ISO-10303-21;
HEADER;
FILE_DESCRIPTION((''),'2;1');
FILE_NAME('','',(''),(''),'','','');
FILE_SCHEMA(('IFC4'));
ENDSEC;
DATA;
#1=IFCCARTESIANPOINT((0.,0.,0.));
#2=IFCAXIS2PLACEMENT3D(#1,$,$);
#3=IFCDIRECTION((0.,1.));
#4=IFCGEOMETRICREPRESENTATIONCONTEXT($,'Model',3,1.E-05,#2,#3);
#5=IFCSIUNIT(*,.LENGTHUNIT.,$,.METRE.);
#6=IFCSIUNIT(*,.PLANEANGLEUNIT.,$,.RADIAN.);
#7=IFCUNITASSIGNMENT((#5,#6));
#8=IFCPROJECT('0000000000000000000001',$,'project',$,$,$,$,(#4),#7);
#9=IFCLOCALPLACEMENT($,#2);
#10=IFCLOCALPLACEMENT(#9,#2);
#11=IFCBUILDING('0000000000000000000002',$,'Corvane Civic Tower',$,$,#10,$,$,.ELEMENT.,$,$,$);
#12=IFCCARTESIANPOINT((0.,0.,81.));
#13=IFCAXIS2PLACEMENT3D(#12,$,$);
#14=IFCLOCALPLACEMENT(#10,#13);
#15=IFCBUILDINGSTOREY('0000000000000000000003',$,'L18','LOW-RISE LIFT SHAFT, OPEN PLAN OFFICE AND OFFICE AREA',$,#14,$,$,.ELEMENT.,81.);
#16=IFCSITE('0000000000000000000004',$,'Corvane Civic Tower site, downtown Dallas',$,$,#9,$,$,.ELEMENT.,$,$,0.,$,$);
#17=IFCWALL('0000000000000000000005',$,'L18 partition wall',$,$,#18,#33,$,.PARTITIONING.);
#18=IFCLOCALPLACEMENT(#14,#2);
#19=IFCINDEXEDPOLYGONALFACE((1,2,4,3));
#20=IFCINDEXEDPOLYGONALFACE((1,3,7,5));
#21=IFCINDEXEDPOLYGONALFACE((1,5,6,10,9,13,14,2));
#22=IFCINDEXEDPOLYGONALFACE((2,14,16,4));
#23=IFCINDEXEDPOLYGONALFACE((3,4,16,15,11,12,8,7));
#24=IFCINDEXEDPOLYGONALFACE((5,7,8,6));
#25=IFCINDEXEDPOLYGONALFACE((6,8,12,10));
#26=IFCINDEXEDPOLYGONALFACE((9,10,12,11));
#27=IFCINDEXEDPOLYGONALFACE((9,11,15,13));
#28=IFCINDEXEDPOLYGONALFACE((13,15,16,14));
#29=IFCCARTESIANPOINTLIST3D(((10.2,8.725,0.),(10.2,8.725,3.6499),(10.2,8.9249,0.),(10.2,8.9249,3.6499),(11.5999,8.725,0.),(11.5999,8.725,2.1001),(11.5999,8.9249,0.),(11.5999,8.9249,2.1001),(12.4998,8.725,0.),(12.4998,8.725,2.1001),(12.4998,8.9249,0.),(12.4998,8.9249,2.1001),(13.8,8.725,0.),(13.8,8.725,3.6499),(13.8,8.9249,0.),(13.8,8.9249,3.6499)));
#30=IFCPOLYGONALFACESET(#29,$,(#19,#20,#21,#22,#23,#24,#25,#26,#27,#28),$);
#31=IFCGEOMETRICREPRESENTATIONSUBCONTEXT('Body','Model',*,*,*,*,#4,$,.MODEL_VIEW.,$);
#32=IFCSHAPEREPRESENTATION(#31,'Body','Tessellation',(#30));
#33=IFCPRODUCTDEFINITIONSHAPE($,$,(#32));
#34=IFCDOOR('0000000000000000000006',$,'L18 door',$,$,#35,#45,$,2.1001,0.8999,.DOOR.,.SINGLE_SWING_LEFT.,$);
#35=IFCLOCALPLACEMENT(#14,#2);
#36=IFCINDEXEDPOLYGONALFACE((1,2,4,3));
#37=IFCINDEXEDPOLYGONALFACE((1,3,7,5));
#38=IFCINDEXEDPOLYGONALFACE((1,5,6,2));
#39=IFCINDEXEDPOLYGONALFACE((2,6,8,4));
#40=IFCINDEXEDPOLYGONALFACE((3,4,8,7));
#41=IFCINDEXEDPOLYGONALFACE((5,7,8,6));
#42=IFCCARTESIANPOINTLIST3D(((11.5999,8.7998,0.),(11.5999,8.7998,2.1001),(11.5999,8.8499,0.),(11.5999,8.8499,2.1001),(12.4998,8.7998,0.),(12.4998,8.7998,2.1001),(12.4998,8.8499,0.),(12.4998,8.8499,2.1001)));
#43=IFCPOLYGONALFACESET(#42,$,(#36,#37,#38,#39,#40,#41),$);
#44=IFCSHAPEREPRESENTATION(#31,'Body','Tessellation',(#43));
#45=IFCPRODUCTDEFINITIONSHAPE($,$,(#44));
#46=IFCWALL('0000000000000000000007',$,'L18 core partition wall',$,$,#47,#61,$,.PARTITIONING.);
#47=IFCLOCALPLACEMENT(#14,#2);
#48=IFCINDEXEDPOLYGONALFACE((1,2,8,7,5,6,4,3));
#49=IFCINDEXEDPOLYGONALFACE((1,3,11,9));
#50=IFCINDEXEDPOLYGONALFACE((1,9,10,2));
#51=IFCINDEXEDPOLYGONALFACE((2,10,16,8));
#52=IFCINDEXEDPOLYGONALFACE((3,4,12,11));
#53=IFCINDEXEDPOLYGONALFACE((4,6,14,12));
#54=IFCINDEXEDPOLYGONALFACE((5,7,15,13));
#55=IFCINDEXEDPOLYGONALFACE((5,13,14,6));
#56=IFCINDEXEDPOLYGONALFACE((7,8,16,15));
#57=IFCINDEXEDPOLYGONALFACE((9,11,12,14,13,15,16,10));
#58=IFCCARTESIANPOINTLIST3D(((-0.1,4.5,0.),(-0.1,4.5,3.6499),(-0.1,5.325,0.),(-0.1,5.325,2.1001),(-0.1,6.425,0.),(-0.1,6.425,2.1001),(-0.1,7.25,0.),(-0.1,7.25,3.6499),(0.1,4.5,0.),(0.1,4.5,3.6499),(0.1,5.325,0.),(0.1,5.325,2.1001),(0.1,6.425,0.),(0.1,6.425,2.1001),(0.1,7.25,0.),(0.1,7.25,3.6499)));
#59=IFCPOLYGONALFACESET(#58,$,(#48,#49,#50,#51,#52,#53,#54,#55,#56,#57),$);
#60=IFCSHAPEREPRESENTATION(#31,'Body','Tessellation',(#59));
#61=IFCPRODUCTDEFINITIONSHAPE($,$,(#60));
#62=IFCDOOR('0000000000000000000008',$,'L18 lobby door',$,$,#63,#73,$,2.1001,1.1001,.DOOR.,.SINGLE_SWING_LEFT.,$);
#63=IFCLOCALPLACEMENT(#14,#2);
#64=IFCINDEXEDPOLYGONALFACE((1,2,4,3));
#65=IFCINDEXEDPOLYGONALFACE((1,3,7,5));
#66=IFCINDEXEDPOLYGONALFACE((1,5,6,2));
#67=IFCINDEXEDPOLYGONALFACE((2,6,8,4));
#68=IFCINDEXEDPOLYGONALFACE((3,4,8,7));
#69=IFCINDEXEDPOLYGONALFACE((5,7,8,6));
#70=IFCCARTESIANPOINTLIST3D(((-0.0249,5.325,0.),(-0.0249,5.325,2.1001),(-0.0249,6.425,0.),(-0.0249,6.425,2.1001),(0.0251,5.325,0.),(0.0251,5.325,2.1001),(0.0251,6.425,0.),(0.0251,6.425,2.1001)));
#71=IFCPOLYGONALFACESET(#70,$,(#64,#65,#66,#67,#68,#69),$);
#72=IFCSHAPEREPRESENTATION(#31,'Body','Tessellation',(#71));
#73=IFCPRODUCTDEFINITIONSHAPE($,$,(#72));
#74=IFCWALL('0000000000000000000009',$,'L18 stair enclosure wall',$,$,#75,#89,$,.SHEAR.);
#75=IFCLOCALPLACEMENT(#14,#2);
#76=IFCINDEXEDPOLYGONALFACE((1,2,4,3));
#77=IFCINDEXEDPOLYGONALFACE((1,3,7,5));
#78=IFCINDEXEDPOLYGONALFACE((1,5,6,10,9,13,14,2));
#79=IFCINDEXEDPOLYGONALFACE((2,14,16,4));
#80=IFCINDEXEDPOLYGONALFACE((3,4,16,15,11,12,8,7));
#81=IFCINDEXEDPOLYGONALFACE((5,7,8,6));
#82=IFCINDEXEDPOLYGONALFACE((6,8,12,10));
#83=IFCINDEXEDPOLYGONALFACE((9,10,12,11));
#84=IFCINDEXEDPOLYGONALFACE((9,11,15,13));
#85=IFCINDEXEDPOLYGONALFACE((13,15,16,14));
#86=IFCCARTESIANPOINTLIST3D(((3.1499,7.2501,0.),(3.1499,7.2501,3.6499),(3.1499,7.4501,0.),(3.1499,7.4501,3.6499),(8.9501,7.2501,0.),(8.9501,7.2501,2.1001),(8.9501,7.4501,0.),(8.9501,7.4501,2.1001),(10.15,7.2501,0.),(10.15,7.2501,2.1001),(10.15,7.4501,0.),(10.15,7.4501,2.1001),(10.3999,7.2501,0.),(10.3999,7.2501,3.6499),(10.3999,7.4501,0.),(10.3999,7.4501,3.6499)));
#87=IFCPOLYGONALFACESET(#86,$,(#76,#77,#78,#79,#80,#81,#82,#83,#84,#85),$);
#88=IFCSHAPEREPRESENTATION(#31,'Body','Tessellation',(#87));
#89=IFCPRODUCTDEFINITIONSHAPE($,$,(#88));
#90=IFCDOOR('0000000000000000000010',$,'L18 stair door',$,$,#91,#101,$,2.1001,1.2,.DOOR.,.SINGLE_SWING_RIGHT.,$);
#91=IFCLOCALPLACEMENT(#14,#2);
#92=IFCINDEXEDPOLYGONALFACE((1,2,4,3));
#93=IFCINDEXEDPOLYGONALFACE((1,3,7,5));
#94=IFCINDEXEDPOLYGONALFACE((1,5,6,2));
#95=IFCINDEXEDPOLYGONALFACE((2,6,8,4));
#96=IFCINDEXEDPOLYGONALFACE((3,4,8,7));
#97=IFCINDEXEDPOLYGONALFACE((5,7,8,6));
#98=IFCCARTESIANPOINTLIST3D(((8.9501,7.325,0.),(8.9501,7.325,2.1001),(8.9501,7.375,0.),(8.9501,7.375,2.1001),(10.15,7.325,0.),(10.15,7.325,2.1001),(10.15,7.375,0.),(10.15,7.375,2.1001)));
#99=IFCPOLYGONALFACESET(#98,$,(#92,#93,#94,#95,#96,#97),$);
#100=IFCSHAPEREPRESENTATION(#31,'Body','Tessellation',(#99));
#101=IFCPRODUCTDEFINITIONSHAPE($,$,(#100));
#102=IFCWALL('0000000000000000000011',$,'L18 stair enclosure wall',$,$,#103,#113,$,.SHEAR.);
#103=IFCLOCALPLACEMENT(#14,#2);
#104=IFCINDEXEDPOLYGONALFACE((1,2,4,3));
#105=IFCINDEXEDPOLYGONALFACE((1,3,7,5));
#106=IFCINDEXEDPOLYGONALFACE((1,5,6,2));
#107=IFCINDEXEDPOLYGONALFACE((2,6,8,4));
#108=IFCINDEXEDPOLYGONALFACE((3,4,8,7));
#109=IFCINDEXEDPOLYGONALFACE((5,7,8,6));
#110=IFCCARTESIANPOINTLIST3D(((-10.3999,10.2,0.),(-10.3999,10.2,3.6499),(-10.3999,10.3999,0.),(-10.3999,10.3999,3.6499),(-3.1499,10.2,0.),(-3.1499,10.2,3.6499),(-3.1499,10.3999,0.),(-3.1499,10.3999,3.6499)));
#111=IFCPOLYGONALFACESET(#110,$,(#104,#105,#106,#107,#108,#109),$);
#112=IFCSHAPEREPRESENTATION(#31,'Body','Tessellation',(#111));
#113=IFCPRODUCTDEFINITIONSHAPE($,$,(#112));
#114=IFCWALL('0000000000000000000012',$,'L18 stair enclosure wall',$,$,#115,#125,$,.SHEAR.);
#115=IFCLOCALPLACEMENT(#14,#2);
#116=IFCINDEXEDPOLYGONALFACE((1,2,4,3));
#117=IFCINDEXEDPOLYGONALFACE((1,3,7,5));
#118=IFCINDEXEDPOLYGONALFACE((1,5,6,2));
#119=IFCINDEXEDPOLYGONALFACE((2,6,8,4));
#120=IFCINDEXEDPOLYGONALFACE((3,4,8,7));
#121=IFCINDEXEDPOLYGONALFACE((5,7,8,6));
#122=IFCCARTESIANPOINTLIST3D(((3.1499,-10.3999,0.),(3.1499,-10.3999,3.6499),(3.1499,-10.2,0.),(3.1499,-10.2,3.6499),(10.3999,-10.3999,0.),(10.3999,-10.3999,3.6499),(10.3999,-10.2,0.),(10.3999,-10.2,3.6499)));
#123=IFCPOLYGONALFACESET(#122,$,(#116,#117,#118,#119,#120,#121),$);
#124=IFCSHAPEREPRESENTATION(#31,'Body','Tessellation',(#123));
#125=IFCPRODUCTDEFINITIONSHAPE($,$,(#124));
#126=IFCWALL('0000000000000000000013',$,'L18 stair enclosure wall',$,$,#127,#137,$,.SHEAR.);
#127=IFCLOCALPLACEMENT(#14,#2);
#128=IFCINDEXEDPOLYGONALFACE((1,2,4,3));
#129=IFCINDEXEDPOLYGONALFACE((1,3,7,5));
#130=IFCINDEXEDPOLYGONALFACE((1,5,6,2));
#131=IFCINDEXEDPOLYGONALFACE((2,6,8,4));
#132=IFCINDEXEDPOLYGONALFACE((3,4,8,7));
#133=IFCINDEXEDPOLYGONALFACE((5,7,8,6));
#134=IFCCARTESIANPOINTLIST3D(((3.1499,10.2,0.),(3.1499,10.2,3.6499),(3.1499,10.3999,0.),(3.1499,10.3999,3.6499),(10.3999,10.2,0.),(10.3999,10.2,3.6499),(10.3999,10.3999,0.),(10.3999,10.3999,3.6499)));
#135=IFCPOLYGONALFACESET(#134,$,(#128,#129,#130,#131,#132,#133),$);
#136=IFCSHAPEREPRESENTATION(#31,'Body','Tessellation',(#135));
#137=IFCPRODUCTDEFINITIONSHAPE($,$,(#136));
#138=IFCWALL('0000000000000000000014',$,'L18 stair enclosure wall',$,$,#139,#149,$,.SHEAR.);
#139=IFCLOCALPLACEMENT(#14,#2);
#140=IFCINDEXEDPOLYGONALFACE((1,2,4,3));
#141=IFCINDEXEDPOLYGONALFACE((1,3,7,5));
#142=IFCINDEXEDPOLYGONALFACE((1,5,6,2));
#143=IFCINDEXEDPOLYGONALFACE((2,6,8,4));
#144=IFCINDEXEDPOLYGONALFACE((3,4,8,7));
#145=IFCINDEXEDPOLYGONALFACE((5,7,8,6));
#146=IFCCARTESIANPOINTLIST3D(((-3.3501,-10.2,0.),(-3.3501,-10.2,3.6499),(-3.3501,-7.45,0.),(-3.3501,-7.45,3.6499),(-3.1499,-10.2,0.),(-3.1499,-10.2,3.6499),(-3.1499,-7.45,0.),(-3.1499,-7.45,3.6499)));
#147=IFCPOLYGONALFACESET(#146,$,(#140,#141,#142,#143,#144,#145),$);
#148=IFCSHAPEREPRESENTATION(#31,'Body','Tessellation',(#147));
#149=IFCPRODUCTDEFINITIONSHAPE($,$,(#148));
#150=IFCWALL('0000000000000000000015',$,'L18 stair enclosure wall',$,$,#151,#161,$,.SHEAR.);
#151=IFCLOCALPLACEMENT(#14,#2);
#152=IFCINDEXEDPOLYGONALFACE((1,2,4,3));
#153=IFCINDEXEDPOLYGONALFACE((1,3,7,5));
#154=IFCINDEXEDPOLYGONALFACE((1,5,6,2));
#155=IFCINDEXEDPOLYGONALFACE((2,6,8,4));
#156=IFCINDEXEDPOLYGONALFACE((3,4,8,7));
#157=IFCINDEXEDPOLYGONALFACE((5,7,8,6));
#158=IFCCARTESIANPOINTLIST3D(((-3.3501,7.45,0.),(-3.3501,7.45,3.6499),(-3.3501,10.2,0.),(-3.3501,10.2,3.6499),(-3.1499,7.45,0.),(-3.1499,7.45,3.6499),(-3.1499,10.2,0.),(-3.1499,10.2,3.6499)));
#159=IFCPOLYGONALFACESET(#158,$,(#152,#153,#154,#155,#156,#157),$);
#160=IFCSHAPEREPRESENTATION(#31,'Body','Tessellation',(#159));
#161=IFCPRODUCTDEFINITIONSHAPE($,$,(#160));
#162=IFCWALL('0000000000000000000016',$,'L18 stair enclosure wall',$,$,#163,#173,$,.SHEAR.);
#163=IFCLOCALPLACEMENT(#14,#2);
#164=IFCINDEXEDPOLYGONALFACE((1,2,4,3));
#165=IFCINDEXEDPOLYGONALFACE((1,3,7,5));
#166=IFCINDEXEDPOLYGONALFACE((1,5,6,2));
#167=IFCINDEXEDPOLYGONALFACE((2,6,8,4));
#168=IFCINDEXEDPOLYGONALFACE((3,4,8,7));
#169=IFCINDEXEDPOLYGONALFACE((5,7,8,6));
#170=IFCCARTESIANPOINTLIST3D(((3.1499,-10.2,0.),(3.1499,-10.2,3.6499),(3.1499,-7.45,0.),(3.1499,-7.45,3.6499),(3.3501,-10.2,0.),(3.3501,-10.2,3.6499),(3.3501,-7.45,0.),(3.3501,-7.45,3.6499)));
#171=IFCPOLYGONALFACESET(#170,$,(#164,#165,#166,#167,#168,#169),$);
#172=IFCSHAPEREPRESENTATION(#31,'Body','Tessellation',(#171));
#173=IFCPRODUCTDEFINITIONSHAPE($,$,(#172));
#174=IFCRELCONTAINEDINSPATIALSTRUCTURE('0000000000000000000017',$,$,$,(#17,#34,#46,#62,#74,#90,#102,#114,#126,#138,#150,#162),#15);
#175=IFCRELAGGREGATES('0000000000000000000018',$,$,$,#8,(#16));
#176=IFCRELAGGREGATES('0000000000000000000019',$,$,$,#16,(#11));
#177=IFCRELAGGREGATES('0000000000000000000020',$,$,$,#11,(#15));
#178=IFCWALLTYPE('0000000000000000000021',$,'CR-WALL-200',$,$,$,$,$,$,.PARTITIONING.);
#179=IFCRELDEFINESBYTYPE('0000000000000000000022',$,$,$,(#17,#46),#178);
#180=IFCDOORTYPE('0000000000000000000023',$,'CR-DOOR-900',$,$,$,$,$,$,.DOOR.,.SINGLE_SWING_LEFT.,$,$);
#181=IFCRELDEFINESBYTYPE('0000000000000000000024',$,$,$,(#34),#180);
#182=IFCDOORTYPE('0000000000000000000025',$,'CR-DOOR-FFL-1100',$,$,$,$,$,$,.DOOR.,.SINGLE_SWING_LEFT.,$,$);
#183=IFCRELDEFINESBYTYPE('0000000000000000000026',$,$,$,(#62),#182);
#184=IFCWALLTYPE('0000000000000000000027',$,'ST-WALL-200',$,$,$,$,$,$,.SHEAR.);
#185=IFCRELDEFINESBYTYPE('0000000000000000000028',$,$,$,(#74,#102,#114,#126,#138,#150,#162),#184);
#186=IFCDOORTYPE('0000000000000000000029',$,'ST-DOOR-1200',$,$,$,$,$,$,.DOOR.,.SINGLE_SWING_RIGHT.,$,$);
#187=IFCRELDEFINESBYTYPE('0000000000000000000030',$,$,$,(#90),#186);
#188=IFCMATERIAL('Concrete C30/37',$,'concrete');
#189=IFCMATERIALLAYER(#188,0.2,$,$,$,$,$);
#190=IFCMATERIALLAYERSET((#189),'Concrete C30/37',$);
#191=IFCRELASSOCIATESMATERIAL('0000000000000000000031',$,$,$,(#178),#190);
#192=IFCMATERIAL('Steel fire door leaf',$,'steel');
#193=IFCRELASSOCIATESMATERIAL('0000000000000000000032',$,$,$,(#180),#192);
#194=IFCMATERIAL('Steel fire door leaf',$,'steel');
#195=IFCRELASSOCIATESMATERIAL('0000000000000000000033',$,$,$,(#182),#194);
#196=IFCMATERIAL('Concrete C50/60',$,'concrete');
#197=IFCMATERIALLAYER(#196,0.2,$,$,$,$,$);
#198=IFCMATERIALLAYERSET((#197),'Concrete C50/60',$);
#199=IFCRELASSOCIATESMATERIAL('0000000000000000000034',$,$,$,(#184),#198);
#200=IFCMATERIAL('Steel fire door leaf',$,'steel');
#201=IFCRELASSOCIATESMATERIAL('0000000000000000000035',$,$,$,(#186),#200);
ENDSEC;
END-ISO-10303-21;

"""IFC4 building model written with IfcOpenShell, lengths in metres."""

from ifc_helpers import new_model, si_unit, direction, frame, frame_2d, origin, place, context, subcontext, project, spatial, polyline, rectangle, outline, extrude, material, layer, layer_set, type_object, element, fill, save


model = new_model("IFC4")

# Units and contexts
model_context = context("Model", 3, precision=1e-05, world=origin(), true_north=direction((0.0, 1.0)))
body_context = subcontext(model_context, "Body", "Model", "MODEL_VIEW")
ifc_project = project(units=[si_unit("LENGTHUNIT", "METRE"), si_unit("PLANEANGLEUNIT", "RADIAN")], contexts=[model_context])

# Site, building, storey
site_placement = place(None, origin())
site = spatial("IfcSite", under=ifc_project, at=site_placement, Name="Corvane Civic Tower site, downtown Dallas", CompositionType="ELEMENT", RefElevation=0.0)
building_placement = place(site_placement, origin())
building = spatial("IfcBuilding", under=site, at=building_placement, Name="Corvane Civic Tower", CompositionType="ELEMENT")
storey_placement = place(building_placement, frame((0.0, 0.0, 81.0)))
storey = spatial("IfcBuildingStorey", under=building, at=storey_placement, Name="L18", Description="LOW-RISE LIFT SHAFT, OPEN PLAN OFFICE AND OFFICE AREA", CompositionType="ELEMENT", Elevation=81.0)

# Walls, openings, doors
ifc_material_1 = material(Name="Concrete C30/37", Category="concrete")
ifc_layer_1 = layer(ifc_material_1, 0.2)
ifc_layer_set_1 = layer_set([ifc_layer_1], Name="Concrete C30/37")
wall_type_1 = type_object("IfcWallType", Name="CR-WALL-200", PredefinedType="PARTITIONING", material=ifc_layer_set_1)
wall_1_placement = place(storey_placement, frame((10.2, 8.825, 0.0), z_axis=(0.0, 0.0, 1.0), x_axis=(1.0, 0.0, 0.0)))
wall_1 = element("IfcWall", 1, at=wall_1_placement, inside=storey, type_object=wall_type_1, Name="L18 partition wall", PredefinedType="PARTITIONING", context=body_context, shape_type="SweptSolid", body=[
    extrude(rectangle(XDim=3.6001, YDim=0.2, at=frame_2d((1.8, 0.0))), origin(), (0.0, 0.0, 1.0), 3.6499),
])
opening_1_placement = place(wall_1_placement, frame((1.3999, 0.0, 0.0)))
opening_1 = element("IfcOpeningElement", 2, at=opening_1_placement, cuts=wall_1, PredefinedType="OPENING", context=body_context, shape_type="SweptSolid", body=[
    extrude(rectangle(XDim=0.8999, YDim=2.1001, at=frame_2d((0.45, 1.05))), frame((0.0, 0.1099, 0.0), z_axis=(0.0, -1.0, 0.0), x_axis=(1.0, 0.0, 0.0)), (0.0, 0.0, 1.0), 0.22),
])
ifc_material_2 = material(Name="Steel fire door leaf", Category="steel")
door_type_1 = type_object("IfcDoorType", Name="CR-DOOR-900", OperationType="SINGLE_SWING_LEFT", PredefinedType="DOOR", material=ifc_material_2)
door_1_placement = place(opening_1_placement, origin())
door_1 = element("IfcDoor", 3, at=door_1_placement, inside=storey, type_object=door_type_1, Name="L18 door", OperationType="SINGLE_SWING_LEFT", OverallHeight=2.1001, OverallWidth=0.8999, PredefinedType="DOOR", context=body_context, shape_type="SweptSolid", body=[
    extrude(rectangle(XDim=0.8999, YDim=2.1001, at=frame_2d((0.45, 1.05))), frame((0.0, 0.0249, 0.0), z_axis=(0.0, -1.0, 0.0), x_axis=(1.0, 0.0, 0.0)), (0.0, 0.0, 1.0), 0.05),
])
fill(opening_1, door_1)
wall_2_placement = place(storey_placement, frame((0.0, 4.5, 0.0), z_axis=(0.0, 0.0, 1.0), x_axis=(0.0, 1.0, 0.0)))
wall_2 = element("IfcWall", 4, at=wall_2_placement, inside=storey, type_object=wall_type_1, Name="L18 core partition wall", PredefinedType="PARTITIONING", context=body_context, shape_type="SweptSolid", body=[
    extrude(rectangle(XDim=2.75, YDim=0.2, at=frame_2d((1.375, 0.0))), origin(), (0.0, 0.0, 1.0), 3.6499),
])
opening_2_placement = place(wall_2_placement, frame((0.825, 0.0, 0.0)))
opening_2 = element("IfcOpeningElement", 5, at=opening_2_placement, cuts=wall_2, PredefinedType="OPENING", context=body_context, shape_type="SweptSolid", body=[
    extrude(rectangle(XDim=1.1001, YDim=2.1001, at=frame_2d((0.55, 1.05))), frame((0.0, 0.1099, 0.0), z_axis=(0.0, -1.0, 0.0), x_axis=(1.0, 0.0, 0.0)), (0.0, 0.0, 1.0), 0.22),
])
ifc_material_3 = material(Name="Steel fire door leaf", Category="steel")
door_type_2 = type_object("IfcDoorType", Name="CR-DOOR-FFL-1100", OperationType="SINGLE_SWING_LEFT", PredefinedType="DOOR", material=ifc_material_3)
door_2_placement = place(opening_2_placement, origin())
door_2 = element("IfcDoor", 6, at=door_2_placement, inside=storey, type_object=door_type_2, Name="L18 lobby door", OperationType="SINGLE_SWING_LEFT", OverallHeight=2.1001, OverallWidth=1.1001, PredefinedType="DOOR", context=body_context, shape_type="SweptSolid", body=[
    extrude(rectangle(XDim=1.1001, YDim=2.1001, at=frame_2d((0.55, 1.05))), frame((0.0, 0.0249, 0.0), z_axis=(0.0, -1.0, 0.0), x_axis=(1.0, 0.0, 0.0)), (0.0, 0.0, 1.0), 0.05),
])
fill(opening_2, door_2)
ifc_material_4 = material(Name="Concrete C50/60", Category="concrete")
ifc_layer_2 = layer(ifc_material_4, 0.2)
ifc_layer_set_2 = layer_set([ifc_layer_2], Name="Concrete C50/60")
wall_type_2 = type_object("IfcWallType", Name="ST-WALL-200", PredefinedType="SHEAR", material=ifc_layer_set_2)
wall_3_placement = place(storey_placement, frame((3.1499, 7.3501, 0.0), z_axis=(0.0, 0.0, 1.0), x_axis=(1.0, 0.0, 0.0)))
wall_3 = element("IfcWall", 7, at=wall_3_placement, inside=storey, type_object=wall_type_2, Name="L18 stair enclosure wall", PredefinedType="SHEAR", context=body_context, shape_type="SweptSolid", body=[
    extrude(rectangle(XDim=7.25, YDim=0.2, at=frame_2d((3.625, 0.0))), origin(), (0.0, 0.0, 1.0), 3.6499),
])
opening_3_placement = place(wall_3_placement, frame((5.8, 0.0, 0.0)))
opening_3 = element("IfcOpeningElement", 8, at=opening_3_placement, cuts=wall_3, PredefinedType="OPENING", context=body_context, shape_type="SweptSolid", body=[
    extrude(rectangle(XDim=1.2, YDim=2.1001, at=frame_2d((0.6001, 1.05))), frame((0.0, 0.1099, 0.0), z_axis=(0.0, -1.0, 0.0), x_axis=(1.0, 0.0, 0.0)), (0.0, 0.0, 1.0), 0.22),
])
ifc_material_5 = material(Name="Steel fire door leaf", Category="steel")
door_type_3 = type_object("IfcDoorType", Name="ST-DOOR-1200", OperationType="SINGLE_SWING_RIGHT", PredefinedType="DOOR", material=ifc_material_5)
door_3_placement = place(opening_3_placement, origin())
door_3 = element("IfcDoor", 9, at=door_3_placement, inside=storey, type_object=door_type_3, Name="L18 stair door", OperationType="SINGLE_SWING_RIGHT", OverallHeight=2.1001, OverallWidth=1.2, PredefinedType="DOOR", context=body_context, shape_type="SweptSolid", body=[
    extrude(rectangle(XDim=1.2, YDim=2.1001, at=frame_2d((0.6001, 1.05))), frame((0.0, 0.0249, 0.0), z_axis=(0.0, -1.0, 0.0), x_axis=(1.0, 0.0, 0.0)), (0.0, 0.0, 1.0), 0.05),
])
fill(opening_3, door_3)

# Walls
wall_4_placement = place(storey_placement, origin())
element("IfcWall", 10, at=wall_4_placement, inside=storey, type_object=wall_type_2, Name="L18 stair enclosure wall", PredefinedType="SHEAR", context=body_context, shape_type="SweptSolid", body=[
    extrude(outline(polyline([(-3.1499, 10.2), (-10.3999, 10.2), (-10.3999, 10.3999), (-3.1499, 10.3999), (-3.1499, 10.2)])), origin(), (0.0, 0.0, 1.0), 3.6499),
])
wall_5_placement = place(storey_placement, origin())
element("IfcWall", 11, at=wall_5_placement, inside=storey, type_object=wall_type_2, Name="L18 stair enclosure wall", PredefinedType="SHEAR", context=body_context, shape_type="SweptSolid", body=[
    extrude(outline(polyline([(10.3999, -10.3999), (3.1499, -10.3999), (3.1499, -10.2), (10.3999, -10.2), (10.3999, -10.3999)])), origin(), (0.0, 0.0, 1.0), 3.6499),
])
wall_6_placement = place(storey_placement, origin())
element("IfcWall", 12, at=wall_6_placement, inside=storey, type_object=wall_type_2, Name="L18 stair enclosure wall", PredefinedType="SHEAR", context=body_context, shape_type="SweptSolid", body=[
    extrude(outline(polyline([(10.3999, 10.2), (3.1499, 10.2), (3.1499, 10.3999), (10.3999, 10.3999), (10.3999, 10.2)])), origin(), (0.0, 0.0, 1.0), 3.6499),
])
wall_7_placement = place(storey_placement, origin())
element("IfcWall", 13, at=wall_7_placement, inside=storey, type_object=wall_type_2, Name="L18 stair enclosure wall", PredefinedType="SHEAR", context=body_context, shape_type="SweptSolid", body=[
    extrude(outline(polyline([(-3.1499, -7.45), (-3.1499, -10.2), (-3.3501, -10.2), (-3.3501, -7.45), (-3.1499, -7.45)])), origin(), (0.0, 0.0, 1.0), 3.6499),
])
wall_8_placement = place(storey_placement, origin())
element("IfcWall", 14, at=wall_8_placement, inside=storey, type_object=wall_type_2, Name="L18 stair enclosure wall", PredefinedType="SHEAR", context=body_context, shape_type="SweptSolid", body=[
    extrude(outline(polyline([(-3.1499, 7.45), (-3.3501, 7.45), (-3.3501, 10.2), (-3.1499, 10.2), (-3.1499, 7.45)])), origin(), (0.0, 0.0, 1.0), 3.6499),
])
wall_9_placement = place(storey_placement, origin())
element("IfcWall", 15, at=wall_9_placement, inside=storey, type_object=wall_type_2, Name="L18 stair enclosure wall", PredefinedType="SHEAR", context=body_context, shape_type="SweptSolid", body=[
    extrude(outline(polyline([(3.3501, -7.45), (3.3501, -10.2), (3.1499, -10.2), (3.1499, -7.45), (3.3501, -7.45)])), origin(), (0.0, 0.0, 1.0), 3.6499),
])

save(model, "model.ifc")
